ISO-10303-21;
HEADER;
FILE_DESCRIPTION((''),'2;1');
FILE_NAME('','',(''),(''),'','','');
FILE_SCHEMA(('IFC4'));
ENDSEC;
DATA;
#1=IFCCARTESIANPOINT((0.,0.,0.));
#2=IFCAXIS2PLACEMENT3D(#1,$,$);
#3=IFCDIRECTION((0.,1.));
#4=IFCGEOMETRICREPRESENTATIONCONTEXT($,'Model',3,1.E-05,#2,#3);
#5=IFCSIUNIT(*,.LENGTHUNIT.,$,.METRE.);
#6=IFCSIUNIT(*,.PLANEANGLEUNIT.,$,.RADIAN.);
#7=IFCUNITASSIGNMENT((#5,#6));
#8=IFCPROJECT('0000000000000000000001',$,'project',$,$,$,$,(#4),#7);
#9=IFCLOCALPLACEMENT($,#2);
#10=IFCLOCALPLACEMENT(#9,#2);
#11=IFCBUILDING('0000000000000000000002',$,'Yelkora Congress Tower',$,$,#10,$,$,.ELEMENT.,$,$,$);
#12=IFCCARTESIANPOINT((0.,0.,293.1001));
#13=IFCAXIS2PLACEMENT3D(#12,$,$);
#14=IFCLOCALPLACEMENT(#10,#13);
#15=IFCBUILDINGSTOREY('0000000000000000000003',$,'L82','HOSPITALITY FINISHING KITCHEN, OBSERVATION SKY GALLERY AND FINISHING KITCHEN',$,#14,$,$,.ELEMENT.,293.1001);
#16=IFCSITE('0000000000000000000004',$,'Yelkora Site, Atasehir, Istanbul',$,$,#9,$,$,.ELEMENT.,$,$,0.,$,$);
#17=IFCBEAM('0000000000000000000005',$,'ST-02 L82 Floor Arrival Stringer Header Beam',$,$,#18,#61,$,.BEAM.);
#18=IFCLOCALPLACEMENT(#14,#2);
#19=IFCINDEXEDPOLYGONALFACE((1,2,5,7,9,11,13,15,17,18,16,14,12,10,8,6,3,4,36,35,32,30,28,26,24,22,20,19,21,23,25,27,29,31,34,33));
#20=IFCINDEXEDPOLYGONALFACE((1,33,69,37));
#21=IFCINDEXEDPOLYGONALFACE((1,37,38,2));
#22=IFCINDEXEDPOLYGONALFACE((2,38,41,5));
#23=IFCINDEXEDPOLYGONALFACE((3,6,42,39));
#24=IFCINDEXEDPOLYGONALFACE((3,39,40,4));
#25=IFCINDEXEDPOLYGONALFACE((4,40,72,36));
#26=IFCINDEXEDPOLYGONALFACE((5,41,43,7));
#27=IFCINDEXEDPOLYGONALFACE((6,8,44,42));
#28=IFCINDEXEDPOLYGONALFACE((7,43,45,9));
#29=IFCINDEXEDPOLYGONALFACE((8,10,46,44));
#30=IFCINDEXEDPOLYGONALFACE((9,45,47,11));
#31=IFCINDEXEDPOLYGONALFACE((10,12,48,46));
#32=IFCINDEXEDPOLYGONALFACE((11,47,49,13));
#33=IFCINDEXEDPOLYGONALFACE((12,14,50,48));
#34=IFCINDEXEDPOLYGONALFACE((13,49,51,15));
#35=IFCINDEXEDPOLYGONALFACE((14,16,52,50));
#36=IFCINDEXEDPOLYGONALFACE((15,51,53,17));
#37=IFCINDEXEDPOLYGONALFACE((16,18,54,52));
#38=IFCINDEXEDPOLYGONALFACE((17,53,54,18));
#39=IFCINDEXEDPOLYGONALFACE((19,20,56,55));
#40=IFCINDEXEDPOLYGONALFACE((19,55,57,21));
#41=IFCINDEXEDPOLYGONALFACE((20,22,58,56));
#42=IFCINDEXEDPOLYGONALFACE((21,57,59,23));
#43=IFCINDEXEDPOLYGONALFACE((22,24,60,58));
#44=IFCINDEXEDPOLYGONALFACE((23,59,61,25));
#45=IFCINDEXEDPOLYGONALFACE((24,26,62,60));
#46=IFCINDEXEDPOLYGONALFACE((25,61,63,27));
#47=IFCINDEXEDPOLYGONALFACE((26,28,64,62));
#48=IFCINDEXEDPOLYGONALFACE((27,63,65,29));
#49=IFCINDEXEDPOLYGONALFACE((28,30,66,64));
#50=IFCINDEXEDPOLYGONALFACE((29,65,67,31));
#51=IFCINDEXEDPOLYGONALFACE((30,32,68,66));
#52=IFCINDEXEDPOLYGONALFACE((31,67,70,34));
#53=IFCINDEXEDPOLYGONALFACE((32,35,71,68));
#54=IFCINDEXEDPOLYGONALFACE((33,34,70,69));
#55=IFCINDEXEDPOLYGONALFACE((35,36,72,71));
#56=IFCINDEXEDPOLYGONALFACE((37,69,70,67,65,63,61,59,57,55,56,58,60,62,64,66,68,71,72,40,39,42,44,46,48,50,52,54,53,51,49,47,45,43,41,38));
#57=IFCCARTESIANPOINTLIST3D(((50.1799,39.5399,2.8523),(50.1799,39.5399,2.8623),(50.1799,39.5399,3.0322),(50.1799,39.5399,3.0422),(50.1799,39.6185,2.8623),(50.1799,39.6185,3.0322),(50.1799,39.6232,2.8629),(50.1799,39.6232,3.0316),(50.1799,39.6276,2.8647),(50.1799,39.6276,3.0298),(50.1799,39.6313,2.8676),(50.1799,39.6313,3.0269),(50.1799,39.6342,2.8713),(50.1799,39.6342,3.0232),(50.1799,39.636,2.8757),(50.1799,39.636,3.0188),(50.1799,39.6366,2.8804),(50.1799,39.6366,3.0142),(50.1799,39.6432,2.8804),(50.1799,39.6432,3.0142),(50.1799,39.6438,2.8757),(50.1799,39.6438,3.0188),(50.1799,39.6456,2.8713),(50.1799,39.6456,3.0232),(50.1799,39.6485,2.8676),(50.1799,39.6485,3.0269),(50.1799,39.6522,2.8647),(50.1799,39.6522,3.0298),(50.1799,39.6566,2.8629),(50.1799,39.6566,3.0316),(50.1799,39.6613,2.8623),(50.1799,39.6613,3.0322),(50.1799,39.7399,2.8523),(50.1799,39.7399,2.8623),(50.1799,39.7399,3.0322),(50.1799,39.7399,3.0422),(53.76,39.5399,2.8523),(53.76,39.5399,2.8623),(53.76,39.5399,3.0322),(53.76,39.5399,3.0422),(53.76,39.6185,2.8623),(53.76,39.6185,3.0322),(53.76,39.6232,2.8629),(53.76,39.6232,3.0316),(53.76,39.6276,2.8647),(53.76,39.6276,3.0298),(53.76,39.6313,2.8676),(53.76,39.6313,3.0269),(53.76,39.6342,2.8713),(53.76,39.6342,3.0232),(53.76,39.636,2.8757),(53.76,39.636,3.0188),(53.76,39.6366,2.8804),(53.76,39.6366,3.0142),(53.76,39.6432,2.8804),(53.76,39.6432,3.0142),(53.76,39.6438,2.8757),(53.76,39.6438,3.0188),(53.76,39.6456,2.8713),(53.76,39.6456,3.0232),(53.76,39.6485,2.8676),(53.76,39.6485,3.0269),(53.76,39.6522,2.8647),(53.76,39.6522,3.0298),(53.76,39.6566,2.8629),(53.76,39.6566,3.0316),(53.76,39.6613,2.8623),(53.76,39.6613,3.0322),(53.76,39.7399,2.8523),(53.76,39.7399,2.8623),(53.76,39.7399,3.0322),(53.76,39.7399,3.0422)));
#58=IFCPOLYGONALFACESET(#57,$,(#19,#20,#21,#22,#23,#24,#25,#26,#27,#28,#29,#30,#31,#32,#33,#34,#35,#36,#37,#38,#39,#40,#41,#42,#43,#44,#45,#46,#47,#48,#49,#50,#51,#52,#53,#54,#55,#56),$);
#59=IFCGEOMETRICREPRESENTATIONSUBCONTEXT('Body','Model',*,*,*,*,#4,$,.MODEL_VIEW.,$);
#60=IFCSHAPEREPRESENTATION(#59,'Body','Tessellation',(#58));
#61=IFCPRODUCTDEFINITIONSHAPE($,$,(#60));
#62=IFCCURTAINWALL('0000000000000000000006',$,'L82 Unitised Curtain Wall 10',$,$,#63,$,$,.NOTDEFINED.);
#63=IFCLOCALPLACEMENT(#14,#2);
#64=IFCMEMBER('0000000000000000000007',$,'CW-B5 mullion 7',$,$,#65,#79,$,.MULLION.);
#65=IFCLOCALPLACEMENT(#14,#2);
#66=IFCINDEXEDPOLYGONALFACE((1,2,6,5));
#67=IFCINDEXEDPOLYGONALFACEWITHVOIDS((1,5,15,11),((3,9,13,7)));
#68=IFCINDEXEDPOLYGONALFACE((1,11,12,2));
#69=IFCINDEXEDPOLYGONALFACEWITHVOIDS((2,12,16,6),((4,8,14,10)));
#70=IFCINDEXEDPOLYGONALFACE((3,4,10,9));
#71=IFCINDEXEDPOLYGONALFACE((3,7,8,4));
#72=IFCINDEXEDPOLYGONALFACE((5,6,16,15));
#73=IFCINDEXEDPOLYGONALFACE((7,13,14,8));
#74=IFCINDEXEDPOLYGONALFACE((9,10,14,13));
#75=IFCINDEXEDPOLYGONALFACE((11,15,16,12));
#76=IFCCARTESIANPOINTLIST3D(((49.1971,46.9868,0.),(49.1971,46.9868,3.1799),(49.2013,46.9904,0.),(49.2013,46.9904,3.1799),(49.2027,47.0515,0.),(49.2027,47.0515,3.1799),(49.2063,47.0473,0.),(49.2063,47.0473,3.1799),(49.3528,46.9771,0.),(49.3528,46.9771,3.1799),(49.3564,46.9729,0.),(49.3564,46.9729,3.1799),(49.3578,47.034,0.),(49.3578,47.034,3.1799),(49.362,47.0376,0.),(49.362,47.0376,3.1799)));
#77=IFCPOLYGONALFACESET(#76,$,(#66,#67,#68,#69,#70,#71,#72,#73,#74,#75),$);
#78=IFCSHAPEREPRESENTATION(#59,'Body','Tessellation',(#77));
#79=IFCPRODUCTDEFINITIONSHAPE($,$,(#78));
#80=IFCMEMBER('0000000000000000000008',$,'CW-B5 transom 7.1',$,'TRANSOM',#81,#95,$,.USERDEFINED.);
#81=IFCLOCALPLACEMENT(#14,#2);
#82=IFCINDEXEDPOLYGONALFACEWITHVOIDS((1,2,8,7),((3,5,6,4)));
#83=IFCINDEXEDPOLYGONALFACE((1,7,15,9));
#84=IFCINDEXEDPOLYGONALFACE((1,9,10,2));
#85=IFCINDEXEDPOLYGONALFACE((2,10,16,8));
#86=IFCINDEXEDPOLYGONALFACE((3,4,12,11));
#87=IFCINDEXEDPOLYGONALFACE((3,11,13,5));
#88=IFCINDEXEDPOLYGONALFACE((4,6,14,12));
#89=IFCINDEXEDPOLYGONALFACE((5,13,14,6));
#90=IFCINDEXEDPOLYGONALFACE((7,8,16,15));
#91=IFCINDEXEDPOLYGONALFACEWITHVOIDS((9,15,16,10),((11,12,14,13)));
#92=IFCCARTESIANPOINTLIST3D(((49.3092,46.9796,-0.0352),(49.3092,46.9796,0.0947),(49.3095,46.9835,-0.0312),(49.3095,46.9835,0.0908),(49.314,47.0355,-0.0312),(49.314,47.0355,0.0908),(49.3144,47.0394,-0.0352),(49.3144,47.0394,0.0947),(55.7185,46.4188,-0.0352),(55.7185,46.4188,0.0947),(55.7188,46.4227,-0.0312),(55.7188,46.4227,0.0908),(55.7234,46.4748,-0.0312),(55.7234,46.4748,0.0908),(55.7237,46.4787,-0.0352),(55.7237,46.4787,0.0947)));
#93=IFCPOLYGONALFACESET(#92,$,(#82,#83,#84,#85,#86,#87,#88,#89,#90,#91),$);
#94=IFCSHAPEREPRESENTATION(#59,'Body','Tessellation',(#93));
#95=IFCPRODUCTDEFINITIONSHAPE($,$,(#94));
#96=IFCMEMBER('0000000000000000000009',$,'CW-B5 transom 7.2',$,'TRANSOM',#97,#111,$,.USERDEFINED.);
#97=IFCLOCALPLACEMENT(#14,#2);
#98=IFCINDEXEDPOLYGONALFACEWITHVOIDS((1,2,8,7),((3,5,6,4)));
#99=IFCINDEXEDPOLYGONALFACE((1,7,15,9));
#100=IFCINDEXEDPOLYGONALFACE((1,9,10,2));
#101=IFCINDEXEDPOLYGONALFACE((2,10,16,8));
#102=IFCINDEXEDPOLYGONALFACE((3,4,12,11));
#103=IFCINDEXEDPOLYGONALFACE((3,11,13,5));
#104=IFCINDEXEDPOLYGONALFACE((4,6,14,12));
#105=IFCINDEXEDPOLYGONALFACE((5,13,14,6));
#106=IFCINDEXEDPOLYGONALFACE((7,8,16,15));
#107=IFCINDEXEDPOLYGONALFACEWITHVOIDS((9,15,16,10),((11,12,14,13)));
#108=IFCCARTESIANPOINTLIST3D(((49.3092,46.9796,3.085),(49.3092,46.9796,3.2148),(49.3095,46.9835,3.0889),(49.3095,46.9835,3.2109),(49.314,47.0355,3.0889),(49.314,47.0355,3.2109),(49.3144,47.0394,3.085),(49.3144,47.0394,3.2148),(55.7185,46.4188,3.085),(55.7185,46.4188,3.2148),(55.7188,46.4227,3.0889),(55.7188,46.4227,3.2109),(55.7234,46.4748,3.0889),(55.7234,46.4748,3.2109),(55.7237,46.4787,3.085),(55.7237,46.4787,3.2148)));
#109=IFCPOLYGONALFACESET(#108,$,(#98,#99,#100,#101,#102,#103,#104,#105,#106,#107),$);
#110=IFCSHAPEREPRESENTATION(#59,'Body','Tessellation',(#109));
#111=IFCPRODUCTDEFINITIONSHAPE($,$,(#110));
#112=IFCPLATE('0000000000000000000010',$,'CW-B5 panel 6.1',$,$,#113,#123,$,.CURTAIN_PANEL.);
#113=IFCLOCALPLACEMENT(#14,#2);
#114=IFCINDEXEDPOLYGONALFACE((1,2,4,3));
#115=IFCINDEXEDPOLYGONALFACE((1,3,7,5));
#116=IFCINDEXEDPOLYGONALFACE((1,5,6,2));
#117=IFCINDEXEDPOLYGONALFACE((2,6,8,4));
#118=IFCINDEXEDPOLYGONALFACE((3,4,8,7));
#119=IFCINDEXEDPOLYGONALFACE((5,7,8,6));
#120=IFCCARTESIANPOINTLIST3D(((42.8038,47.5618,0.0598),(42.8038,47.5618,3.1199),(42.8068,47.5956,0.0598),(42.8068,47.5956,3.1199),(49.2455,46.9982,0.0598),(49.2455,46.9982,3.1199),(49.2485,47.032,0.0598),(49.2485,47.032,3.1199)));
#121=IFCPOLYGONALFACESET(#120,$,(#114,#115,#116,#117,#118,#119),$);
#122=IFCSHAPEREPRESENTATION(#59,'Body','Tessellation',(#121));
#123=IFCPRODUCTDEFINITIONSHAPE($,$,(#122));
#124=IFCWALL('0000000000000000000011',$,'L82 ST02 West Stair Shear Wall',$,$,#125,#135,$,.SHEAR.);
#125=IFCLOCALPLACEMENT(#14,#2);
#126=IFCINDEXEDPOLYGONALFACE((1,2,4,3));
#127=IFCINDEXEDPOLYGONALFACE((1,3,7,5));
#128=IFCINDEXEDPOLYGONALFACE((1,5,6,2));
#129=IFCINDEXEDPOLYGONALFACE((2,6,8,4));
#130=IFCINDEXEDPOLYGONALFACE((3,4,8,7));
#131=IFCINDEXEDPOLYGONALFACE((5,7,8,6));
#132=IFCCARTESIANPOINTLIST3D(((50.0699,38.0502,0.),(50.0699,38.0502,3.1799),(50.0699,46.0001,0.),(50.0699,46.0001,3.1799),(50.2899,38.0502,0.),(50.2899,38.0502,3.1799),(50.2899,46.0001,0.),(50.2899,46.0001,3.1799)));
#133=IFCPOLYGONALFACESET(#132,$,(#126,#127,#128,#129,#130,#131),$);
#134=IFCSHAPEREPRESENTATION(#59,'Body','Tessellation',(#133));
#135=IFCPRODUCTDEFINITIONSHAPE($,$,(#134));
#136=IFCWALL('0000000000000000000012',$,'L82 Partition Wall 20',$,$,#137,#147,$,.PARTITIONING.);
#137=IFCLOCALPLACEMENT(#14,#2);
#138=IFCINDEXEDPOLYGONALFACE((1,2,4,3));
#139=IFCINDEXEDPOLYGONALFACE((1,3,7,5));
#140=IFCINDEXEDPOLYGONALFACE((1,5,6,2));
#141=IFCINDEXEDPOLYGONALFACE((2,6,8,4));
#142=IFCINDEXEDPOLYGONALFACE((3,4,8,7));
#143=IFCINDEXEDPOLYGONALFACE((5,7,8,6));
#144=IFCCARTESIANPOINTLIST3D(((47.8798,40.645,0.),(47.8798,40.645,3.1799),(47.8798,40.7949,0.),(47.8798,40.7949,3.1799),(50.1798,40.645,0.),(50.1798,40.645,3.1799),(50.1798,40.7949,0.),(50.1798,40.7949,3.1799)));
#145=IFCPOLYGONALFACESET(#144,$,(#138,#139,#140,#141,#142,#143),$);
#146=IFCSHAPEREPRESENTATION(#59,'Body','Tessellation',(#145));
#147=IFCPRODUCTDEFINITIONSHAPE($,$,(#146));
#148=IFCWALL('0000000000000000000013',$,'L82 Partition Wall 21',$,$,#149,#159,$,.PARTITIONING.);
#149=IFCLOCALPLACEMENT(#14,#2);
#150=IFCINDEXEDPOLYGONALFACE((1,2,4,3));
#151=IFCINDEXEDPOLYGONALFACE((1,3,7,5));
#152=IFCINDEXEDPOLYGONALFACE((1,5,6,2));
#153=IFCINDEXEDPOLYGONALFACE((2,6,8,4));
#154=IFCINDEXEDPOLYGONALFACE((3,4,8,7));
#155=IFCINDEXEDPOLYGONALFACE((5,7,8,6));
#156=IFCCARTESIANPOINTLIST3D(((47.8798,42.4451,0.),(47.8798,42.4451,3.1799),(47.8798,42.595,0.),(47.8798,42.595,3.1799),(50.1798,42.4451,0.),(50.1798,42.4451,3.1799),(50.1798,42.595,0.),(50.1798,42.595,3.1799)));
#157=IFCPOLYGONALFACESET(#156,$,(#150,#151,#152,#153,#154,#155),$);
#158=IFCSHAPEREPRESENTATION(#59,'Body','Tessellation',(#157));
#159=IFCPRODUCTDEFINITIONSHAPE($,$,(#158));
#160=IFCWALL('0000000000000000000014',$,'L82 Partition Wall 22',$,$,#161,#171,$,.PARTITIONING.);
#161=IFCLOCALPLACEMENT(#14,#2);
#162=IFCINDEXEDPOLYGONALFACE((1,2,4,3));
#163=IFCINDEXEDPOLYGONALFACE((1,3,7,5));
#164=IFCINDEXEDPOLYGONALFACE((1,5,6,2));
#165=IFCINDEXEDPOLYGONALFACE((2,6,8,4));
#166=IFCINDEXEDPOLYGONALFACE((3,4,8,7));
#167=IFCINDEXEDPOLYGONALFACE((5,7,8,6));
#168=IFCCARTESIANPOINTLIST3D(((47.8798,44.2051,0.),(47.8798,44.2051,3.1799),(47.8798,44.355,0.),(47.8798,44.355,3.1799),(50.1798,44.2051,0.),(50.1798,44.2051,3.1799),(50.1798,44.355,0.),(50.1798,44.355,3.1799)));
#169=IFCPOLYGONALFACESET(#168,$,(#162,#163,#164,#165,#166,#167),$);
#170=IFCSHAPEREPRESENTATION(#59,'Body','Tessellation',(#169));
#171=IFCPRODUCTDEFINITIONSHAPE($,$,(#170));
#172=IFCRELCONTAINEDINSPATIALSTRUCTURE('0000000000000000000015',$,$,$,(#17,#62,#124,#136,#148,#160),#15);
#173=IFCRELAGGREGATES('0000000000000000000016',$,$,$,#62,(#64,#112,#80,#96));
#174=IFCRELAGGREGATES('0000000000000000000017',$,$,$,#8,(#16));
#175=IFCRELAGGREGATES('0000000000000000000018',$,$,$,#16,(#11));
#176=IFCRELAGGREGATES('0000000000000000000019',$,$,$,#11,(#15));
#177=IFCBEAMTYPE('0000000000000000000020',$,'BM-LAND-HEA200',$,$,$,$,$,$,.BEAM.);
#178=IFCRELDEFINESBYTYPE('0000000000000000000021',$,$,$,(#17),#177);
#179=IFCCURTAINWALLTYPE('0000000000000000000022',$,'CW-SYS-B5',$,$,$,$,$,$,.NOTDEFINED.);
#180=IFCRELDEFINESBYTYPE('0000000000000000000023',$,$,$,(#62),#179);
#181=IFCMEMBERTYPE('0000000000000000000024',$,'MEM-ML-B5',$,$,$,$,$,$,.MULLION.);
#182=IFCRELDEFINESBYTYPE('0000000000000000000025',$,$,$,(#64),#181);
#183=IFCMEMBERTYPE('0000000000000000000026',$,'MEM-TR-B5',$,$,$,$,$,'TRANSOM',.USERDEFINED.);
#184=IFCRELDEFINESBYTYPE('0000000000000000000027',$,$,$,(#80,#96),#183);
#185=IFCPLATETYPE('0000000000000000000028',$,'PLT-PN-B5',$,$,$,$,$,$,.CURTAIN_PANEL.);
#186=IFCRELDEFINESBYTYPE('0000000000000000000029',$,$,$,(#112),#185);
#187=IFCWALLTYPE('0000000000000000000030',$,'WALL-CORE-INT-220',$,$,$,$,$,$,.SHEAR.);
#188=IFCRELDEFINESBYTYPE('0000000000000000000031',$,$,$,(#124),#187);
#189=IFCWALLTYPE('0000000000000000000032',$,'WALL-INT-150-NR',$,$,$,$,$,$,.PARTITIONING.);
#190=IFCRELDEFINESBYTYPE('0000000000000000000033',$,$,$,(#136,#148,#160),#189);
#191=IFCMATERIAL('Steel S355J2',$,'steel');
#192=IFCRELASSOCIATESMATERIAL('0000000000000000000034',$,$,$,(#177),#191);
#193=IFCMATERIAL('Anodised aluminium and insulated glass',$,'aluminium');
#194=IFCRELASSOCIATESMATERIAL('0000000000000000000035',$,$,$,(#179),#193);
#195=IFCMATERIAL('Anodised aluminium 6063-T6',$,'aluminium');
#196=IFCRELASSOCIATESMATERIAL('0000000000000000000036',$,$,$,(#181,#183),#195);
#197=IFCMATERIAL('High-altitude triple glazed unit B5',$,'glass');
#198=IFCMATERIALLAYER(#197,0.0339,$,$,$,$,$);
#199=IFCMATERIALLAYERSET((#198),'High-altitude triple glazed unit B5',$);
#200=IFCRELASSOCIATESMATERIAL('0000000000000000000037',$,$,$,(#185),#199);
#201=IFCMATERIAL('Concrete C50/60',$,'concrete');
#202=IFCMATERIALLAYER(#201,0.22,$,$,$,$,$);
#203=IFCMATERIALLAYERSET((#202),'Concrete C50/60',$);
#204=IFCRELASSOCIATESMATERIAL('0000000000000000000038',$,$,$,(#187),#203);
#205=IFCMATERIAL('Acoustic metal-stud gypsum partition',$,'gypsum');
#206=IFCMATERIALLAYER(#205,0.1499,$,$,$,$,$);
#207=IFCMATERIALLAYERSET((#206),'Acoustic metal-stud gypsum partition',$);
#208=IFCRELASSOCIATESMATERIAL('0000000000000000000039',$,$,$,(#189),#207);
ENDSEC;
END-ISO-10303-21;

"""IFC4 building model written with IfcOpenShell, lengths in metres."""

from ifc_helpers import new_model, si_unit, direction, frame, frame_2d, origin, origin_2d, place, context, subcontext, project, spatial, rectangle, hollow_rectangle, i_section, extrude, material, layer, layer_set, material_profile, profile_set, type_object, element, aggregate, save


model = new_model("IFC4")

# Units and contexts
model_context = context("Model", 3, precision=1e-05, world=origin(), true_north=direction((0.0, 1.0)))
body_context = subcontext(model_context, "Body", "Model", "MODEL_VIEW")
ifc_project = project(units=[si_unit("LENGTHUNIT", "METRE"), si_unit("PLANEANGLEUNIT", "RADIAN")], contexts=[model_context])

# Site, building, storey
site_placement = place(None, origin())
site = spatial("IfcSite", under=ifc_project, at=site_placement, Name="Yelkora Site, Atasehir, Istanbul", CompositionType="ELEMENT", RefElevation=0.0)
building_placement = place(site_placement, origin())
building = spatial("IfcBuilding", under=site, at=building_placement, Name="Yelkora Congress Tower", CompositionType="ELEMENT")
storey_placement = place(building_placement, frame((0.0, 0.0, 293.1001)))
storey = spatial("IfcBuildingStorey", under=building, at=storey_placement, Name="L82", Description="HOSPITALITY FINISHING KITCHEN, OBSERVATION SKY GALLERY AND FINISHING KITCHEN", CompositionType="ELEMENT", Elevation=293.1001)

# Beam
ifc_material_1 = material(Name="Steel S355J2", Category="steel")
ifc_material_profile_1 = material_profile(ifc_material_1, i_section(OverallWidth=0.2, OverallDepth=0.1899, WebThickness=0.0066, FlangeThickness=0.01, FilletRadius=0.0181, at=origin_2d()), Name="HEA 200")
ifc_profile_set_1 = profile_set([ifc_material_profile_1], Name="Steel S355J2")
beam_type_1 = type_object("IfcBeamType", Name="BM-LAND-HEA200", PredefinedType="BEAM", material=ifc_profile_set_1)
beam_1_placement = place(storey_placement, frame((50.1799, 39.6399, 2.9473), z_axis=(1.0, 0.0, 0.0), x_axis=(0.0, 1.0, 0.0)))
element("IfcBeam", 1, at=beam_1_placement, inside=storey, type_object=beam_type_1, Name="ST-02 L82 Floor Arrival Stringer Header Beam", PredefinedType="BEAM", context=body_context, shape_type="SweptSolid", body=[
    extrude(i_section(OverallWidth=0.2, OverallDepth=0.1899, WebThickness=0.0066, FlangeThickness=0.01, FilletRadius=0.0181, at=origin_2d()), origin(), (0.0, 0.0, 1.0), 3.5801),
])

# Curtain wall, members, plate
ifc_material_2 = material(Name="Anodised aluminium and insulated glass", Category="aluminium")
curtain_wall_type = type_object("IfcCurtainWallType", Name="CW-SYS-B5", PredefinedType="NOTDEFINED", material=ifc_material_2)
curtain_wall_placement = place(storey_placement, origin())
curtain_wall = element("IfcCurtainWall", 2, at=curtain_wall_placement, inside=storey, type_object=curtain_wall_type, Name="L82 Unitised Curtain Wall 10", PredefinedType="NOTDEFINED")
ifc_material_3 = material(Name="Anodised aluminium 6063-T6", Category="aluminium")
ifc_material_profile_2 = material_profile(ifc_material_3, hollow_rectangle(XDim=0.0649, YDim=0.1599, WallThickness=0.0039, at=origin_2d()), Name="ALU 65x160x4")
ifc_profile_set_2 = profile_set([ifc_material_profile_2], Name="Anodised aluminium 6063-T6")
member_type_1 = type_object("IfcMemberType", Name="MEM-ML-B5", PredefinedType="MULLION", material=ifc_profile_set_2)
member_1_placement = place(storey_placement, frame((49.2795, 47.0122, 0.0), z_axis=(0.0, 0.0, 1.0), x_axis=(0.087157, 0.996195, 0.0)))
member_1 = element("IfcMember", 3, at=member_1_placement, type_object=member_type_1, Name="CW-B5 mullion 7", PredefinedType="MULLION", context=body_context, shape_type="SweptSolid", body=[
    extrude(hollow_rectangle(XDim=0.0649, YDim=0.1599, WallThickness=0.0039, at=origin_2d()), origin(), (0.0, 0.0, 1.0), 3.1799),
])
ifc_material_profile_3 = material_profile(ifc_material_3, hollow_rectangle(XDim=0.0601, YDim=0.1299, WallThickness=0.0039, at=origin_2d()), Name="ALU 60x130x4")
ifc_profile_set_3 = profile_set([ifc_material_profile_3], Name="Anodised aluminium 6063-T6")
member_type_2 = type_object("IfcMemberType", Name="MEM-TR-B5", ElementType="TRANSOM", PredefinedType="USERDEFINED", material=ifc_profile_set_3)
member_2_placement = place(storey_placement, frame((49.3118, 47.0095, 0.0298), z_axis=(0.996194, -0.087162, 0.0), x_axis=(0.087162, 0.996194, 0.0)))
member_2 = element("IfcMember", 4, at=member_2_placement, type_object=member_type_2, Name="CW-B5 transom 7.1", ObjectType="TRANSOM", PredefinedType="USERDEFINED", context=body_context, shape_type="SweptSolid", body=[
    extrude(hollow_rectangle(XDim=0.0601, YDim=0.1299, WallThickness=0.0039, at=origin_2d()), origin(), (0.0, 0.0, 1.0), 6.4338),
])
member_3_placement = place(storey_placement, frame((49.3118, 47.0095, 3.1499), z_axis=(0.996194, -0.087162, 0.0), x_axis=(0.087162, 0.996194, 0.0)))
member_3 = element("IfcMember", 5, at=member_3_placement, type_object=member_type_2, Name="CW-B5 transom 7.2", ObjectType="TRANSOM", PredefinedType="USERDEFINED", context=body_context, shape_type="SweptSolid", body=[
    extrude(hollow_rectangle(XDim=0.0601, YDim=0.1299, WallThickness=0.0039, at=origin_2d()), origin(), (0.0, 0.0, 1.0), 6.4338),
])
ifc_material_4 = material(Name="High-altitude triple glazed unit B5", Category="glass")
ifc_layer_1 = layer(ifc_material_4, 0.0339)
ifc_layer_set_1 = layer_set([ifc_layer_1], Name="High-altitude triple glazed unit B5")
plate_type = type_object("IfcPlateType", Name="PLT-PN-B5", PredefinedType="CURTAIN_PANEL", material=ifc_layer_set_1)
plate_placement = place(storey_placement, frame((46.0261, 47.2969, 0.0598), z_axis=(0.0, 0.0, 1.0), x_axis=(0.996195, -0.087157, 0.0)))
plate = element("IfcPlate", 6, at=plate_placement, type_object=plate_type, Name="CW-B5 panel 6.1", PredefinedType="CURTAIN_PANEL", context=body_context, shape_type="SweptSolid", body=[
    extrude(rectangle(XDim=6.4663, YDim=0.0339, at=origin_2d()), origin(), (0.0, 0.0, 1.0), 3.0601),
])
aggregate(curtain_wall, [member_1, plate, member_2, member_3])

# Walls
ifc_material_5 = material(Name="Concrete C50/60", Category="concrete")
ifc_layer_2 = layer(ifc_material_5, 0.22)
ifc_layer_set_2 = layer_set([ifc_layer_2], Name="Concrete C50/60")
wall_type_1 = type_object("IfcWallType", Name="WALL-CORE-INT-220", PredefinedType="SHEAR", material=ifc_layer_set_2)
wall_1_placement = place(storey_placement, frame((50.1799, 38.05, 0.0), z_axis=(0.0, 0.0, 1.0), x_axis=(0.0, 1.0, 0.0)))
element("IfcWall", 7, at=wall_1_placement, inside=storey, type_object=wall_type_1, Name="L82 ST02 West Stair Shear Wall", PredefinedType="SHEAR", context=body_context, shape_type="SweptSolid", body=[
    extrude(rectangle(XDim=7.95, YDim=0.22, at=frame_2d((3.9751, 0.0))), origin(), (0.0, 0.0, 1.0), 3.1799),
])
ifc_material_6 = material(Name="Acoustic metal-stud gypsum partition", Category="gypsum")
ifc_layer_3 = layer(ifc_material_6, 0.1499)
ifc_layer_set_3 = layer_set([ifc_layer_3], Name="Acoustic metal-stud gypsum partition")
wall_type_2 = type_object("IfcWallType", Name="WALL-INT-150-NR", PredefinedType="PARTITIONING", material=ifc_layer_set_3)
for number, where, z_axis, x_axis, name in (
    (8, (47.8799, 40.72, 0.0), (0.0, 0.0, 1.0), (1.0, 0.0, 0.0), "L82 Partition Wall 20"),
    (9, (47.8799, 42.52, 0.0), (0.0, 0.0, 1.0), (1.0, 0.0, 0.0), "L82 Partition Wall 21"),
    (10, (47.8799, 44.28, 0.0), (0.0, 0.0, 1.0), (1.0, 0.0, 0.0), "L82 Partition Wall 22"),
):
    element("IfcWall", number, at=place(storey_placement, frame(where, z_axis=z_axis, x_axis=x_axis)), inside=storey, type_object=wall_type_2, Name=name, PredefinedType="PARTITIONING", context=body_context, shape_type="SweptSolid", body=[
        extrude(rectangle(XDim=2.3, YDim=0.1499, at=frame_2d((1.1499, 0.0))), origin(), (0.0, 0.0, 1.0), 3.1799),
    ])

save(model, "model.ifc")
